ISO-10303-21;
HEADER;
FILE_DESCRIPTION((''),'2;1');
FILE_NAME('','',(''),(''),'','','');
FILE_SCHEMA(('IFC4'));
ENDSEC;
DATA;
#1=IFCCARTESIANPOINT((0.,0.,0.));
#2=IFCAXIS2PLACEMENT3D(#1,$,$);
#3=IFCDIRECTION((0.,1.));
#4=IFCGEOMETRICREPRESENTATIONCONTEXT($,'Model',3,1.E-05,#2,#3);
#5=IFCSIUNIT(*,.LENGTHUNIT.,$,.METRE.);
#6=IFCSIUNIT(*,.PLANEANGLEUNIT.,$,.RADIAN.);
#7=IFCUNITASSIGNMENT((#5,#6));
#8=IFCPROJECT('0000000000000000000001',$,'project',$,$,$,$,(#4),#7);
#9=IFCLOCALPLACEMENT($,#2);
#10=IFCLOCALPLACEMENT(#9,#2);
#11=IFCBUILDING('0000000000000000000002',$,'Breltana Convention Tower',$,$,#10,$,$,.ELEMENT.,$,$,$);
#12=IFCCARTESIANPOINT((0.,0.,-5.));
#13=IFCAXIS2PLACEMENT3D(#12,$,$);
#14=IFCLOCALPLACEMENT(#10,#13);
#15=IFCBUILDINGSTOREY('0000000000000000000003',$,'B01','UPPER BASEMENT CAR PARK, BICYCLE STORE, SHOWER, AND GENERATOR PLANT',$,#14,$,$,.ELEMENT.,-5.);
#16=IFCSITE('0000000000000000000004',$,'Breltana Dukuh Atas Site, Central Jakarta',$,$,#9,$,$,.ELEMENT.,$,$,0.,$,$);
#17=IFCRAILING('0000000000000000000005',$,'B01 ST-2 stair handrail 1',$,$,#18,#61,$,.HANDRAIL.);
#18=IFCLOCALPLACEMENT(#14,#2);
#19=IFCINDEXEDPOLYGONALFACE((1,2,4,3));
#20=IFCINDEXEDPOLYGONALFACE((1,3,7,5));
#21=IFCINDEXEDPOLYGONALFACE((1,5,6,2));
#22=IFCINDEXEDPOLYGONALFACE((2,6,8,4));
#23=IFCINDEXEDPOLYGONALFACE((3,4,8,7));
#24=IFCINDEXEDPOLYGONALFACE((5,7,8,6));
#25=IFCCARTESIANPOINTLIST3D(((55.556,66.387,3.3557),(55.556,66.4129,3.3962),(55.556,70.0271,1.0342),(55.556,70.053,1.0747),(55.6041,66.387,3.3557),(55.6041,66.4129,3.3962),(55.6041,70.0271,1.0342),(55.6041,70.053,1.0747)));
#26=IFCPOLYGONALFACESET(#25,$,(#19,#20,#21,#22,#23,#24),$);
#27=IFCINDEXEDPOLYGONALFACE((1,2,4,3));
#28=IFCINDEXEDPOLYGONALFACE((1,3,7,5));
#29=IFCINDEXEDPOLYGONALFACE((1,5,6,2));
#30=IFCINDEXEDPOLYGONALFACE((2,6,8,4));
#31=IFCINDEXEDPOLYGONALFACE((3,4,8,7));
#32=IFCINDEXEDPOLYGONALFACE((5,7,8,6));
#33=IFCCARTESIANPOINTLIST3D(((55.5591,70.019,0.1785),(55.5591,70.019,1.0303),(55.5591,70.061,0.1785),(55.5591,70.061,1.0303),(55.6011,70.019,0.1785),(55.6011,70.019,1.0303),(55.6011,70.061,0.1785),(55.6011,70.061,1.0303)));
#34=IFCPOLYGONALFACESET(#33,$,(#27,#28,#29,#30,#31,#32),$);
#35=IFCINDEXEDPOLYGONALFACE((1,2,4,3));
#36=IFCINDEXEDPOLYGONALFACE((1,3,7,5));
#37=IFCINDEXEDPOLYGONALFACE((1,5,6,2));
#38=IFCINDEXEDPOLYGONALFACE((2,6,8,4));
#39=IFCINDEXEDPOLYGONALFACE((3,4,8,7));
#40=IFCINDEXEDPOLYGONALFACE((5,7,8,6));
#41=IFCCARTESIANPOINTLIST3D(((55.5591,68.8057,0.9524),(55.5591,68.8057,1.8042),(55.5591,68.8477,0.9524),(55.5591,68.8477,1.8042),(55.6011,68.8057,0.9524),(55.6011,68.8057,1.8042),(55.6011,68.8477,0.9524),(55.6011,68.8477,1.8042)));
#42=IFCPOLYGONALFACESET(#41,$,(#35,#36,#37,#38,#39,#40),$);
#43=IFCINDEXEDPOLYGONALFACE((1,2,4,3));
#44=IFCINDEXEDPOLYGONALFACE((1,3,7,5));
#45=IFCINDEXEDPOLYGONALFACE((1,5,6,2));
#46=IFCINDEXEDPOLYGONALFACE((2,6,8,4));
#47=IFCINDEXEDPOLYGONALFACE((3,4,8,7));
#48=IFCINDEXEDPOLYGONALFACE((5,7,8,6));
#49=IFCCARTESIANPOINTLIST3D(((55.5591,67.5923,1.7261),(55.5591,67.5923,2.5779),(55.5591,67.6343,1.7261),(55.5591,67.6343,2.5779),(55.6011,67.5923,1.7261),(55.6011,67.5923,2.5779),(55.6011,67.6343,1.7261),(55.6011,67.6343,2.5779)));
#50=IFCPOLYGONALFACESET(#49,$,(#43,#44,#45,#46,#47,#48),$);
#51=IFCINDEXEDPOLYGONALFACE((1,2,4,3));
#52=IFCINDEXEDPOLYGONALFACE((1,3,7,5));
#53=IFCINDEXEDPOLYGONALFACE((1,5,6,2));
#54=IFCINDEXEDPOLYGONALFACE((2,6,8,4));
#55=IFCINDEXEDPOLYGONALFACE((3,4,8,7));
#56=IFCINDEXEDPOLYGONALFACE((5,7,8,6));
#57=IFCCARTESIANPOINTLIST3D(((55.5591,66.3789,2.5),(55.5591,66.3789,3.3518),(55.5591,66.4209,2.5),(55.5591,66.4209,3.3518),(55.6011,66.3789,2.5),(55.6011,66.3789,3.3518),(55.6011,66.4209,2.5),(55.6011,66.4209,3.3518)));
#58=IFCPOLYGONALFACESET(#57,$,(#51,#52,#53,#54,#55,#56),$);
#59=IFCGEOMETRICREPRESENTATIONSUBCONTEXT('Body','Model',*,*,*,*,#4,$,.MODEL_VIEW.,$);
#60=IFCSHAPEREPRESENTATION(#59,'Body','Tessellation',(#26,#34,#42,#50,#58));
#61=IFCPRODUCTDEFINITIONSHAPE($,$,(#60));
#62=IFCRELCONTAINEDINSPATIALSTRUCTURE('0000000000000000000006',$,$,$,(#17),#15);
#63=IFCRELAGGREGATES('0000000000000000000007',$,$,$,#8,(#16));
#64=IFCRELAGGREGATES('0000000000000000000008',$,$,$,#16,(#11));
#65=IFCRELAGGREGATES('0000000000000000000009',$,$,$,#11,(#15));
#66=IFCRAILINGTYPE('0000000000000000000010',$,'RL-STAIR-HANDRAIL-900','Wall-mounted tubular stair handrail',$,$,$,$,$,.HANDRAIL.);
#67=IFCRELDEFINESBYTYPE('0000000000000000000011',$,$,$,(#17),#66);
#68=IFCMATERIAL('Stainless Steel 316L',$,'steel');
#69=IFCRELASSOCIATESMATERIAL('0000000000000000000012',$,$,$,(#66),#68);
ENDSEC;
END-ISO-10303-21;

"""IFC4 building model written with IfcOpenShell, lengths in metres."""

from ifc_helpers import new_model, si_unit, direction, frame, origin, origin_2d, place, context, subcontext, project, spatial, rectangle, extrude, material, type_object, element, save


model = new_model("IFC4")

# Units and contexts
model_context = context("Model", 3, precision=1e-05, world=origin(), true_north=direction((0.0, 1.0)))
body_context = subcontext(model_context, "Body", "Model", "MODEL_VIEW")
ifc_project = project(units=[si_unit("LENGTHUNIT", "METRE"), si_unit("PLANEANGLEUNIT", "RADIAN")], contexts=[model_context])

# Site, building, storey
site_placement = place(None, origin())
site = spatial("IfcSite", under=ifc_project, at=site_placement, Name="Breltana Dukuh Atas Site, Central Jakarta", CompositionType="ELEMENT", RefElevation=0.0)
building_placement = place(site_placement, origin())
building = spatial("IfcBuilding", under=site, at=building_placement, Name="Breltana Convention Tower", CompositionType="ELEMENT")
storey_placement = place(building_placement, frame((0.0, 0.0, -5.0)))
storey = spatial("IfcBuildingStorey", under=building, at=storey_placement, Name="B01", Description="UPPER BASEMENT CAR PARK, BICYCLE STORE, SHOWER, AND GENERATOR PLANT", CompositionType="ELEMENT", Elevation=-5.0)

# Railing
ifc_material_1 = material(Name="Stainless Steel 316L", Category="steel")
railing_type_1 = type_object("IfcRailingType", Name="RL-STAIR-HANDRAIL-900", Description="Wall-mounted tubular stair handrail", PredefinedType="HANDRAIL", material=ifc_material_1)
railing_1_placement = place(storey_placement, frame((55.5801, 70.04, 0.1785)))
element("IfcRailing", 1, at=railing_1_placement, inside=storey, type_object=railing_type_1, Name="B01 ST-2 stair handrail 1", PredefinedType="HANDRAIL", context=body_context, shape_type="SweptSolid", body=[
    extrude(rectangle(XDim=0.0481, YDim=0.0481, at=origin_2d()), frame((0.0, 0.0, 0.876), z_axis=(0.0, -0.843128, 0.537713), x_axis=(1.0, 0.0, 0.0)), (0.0, 0.0, 1.0), 4.3174),
    extrude(rectangle(XDim=0.042, YDim=0.042, at=origin_2d()), origin(), (0.0, 0.0, 1.0), 0.8518),
    extrude(rectangle(XDim=0.042, YDim=0.042, at=origin_2d()), frame((0.0, -1.2134, 0.7739)), (0.0, 0.0, 1.0), 0.8518),
    extrude(rectangle(XDim=0.042, YDim=0.042, at=origin_2d()), frame((0.0, -2.4268, 1.5476)), (0.0, 0.0, 1.0), 0.8518),
    extrude(rectangle(XDim=0.042, YDim=0.042, at=origin_2d()), frame((0.0, -3.6401, 2.3215)), (0.0, 0.0, 1.0), 0.8518),
])

save(model, "model.ifc")
